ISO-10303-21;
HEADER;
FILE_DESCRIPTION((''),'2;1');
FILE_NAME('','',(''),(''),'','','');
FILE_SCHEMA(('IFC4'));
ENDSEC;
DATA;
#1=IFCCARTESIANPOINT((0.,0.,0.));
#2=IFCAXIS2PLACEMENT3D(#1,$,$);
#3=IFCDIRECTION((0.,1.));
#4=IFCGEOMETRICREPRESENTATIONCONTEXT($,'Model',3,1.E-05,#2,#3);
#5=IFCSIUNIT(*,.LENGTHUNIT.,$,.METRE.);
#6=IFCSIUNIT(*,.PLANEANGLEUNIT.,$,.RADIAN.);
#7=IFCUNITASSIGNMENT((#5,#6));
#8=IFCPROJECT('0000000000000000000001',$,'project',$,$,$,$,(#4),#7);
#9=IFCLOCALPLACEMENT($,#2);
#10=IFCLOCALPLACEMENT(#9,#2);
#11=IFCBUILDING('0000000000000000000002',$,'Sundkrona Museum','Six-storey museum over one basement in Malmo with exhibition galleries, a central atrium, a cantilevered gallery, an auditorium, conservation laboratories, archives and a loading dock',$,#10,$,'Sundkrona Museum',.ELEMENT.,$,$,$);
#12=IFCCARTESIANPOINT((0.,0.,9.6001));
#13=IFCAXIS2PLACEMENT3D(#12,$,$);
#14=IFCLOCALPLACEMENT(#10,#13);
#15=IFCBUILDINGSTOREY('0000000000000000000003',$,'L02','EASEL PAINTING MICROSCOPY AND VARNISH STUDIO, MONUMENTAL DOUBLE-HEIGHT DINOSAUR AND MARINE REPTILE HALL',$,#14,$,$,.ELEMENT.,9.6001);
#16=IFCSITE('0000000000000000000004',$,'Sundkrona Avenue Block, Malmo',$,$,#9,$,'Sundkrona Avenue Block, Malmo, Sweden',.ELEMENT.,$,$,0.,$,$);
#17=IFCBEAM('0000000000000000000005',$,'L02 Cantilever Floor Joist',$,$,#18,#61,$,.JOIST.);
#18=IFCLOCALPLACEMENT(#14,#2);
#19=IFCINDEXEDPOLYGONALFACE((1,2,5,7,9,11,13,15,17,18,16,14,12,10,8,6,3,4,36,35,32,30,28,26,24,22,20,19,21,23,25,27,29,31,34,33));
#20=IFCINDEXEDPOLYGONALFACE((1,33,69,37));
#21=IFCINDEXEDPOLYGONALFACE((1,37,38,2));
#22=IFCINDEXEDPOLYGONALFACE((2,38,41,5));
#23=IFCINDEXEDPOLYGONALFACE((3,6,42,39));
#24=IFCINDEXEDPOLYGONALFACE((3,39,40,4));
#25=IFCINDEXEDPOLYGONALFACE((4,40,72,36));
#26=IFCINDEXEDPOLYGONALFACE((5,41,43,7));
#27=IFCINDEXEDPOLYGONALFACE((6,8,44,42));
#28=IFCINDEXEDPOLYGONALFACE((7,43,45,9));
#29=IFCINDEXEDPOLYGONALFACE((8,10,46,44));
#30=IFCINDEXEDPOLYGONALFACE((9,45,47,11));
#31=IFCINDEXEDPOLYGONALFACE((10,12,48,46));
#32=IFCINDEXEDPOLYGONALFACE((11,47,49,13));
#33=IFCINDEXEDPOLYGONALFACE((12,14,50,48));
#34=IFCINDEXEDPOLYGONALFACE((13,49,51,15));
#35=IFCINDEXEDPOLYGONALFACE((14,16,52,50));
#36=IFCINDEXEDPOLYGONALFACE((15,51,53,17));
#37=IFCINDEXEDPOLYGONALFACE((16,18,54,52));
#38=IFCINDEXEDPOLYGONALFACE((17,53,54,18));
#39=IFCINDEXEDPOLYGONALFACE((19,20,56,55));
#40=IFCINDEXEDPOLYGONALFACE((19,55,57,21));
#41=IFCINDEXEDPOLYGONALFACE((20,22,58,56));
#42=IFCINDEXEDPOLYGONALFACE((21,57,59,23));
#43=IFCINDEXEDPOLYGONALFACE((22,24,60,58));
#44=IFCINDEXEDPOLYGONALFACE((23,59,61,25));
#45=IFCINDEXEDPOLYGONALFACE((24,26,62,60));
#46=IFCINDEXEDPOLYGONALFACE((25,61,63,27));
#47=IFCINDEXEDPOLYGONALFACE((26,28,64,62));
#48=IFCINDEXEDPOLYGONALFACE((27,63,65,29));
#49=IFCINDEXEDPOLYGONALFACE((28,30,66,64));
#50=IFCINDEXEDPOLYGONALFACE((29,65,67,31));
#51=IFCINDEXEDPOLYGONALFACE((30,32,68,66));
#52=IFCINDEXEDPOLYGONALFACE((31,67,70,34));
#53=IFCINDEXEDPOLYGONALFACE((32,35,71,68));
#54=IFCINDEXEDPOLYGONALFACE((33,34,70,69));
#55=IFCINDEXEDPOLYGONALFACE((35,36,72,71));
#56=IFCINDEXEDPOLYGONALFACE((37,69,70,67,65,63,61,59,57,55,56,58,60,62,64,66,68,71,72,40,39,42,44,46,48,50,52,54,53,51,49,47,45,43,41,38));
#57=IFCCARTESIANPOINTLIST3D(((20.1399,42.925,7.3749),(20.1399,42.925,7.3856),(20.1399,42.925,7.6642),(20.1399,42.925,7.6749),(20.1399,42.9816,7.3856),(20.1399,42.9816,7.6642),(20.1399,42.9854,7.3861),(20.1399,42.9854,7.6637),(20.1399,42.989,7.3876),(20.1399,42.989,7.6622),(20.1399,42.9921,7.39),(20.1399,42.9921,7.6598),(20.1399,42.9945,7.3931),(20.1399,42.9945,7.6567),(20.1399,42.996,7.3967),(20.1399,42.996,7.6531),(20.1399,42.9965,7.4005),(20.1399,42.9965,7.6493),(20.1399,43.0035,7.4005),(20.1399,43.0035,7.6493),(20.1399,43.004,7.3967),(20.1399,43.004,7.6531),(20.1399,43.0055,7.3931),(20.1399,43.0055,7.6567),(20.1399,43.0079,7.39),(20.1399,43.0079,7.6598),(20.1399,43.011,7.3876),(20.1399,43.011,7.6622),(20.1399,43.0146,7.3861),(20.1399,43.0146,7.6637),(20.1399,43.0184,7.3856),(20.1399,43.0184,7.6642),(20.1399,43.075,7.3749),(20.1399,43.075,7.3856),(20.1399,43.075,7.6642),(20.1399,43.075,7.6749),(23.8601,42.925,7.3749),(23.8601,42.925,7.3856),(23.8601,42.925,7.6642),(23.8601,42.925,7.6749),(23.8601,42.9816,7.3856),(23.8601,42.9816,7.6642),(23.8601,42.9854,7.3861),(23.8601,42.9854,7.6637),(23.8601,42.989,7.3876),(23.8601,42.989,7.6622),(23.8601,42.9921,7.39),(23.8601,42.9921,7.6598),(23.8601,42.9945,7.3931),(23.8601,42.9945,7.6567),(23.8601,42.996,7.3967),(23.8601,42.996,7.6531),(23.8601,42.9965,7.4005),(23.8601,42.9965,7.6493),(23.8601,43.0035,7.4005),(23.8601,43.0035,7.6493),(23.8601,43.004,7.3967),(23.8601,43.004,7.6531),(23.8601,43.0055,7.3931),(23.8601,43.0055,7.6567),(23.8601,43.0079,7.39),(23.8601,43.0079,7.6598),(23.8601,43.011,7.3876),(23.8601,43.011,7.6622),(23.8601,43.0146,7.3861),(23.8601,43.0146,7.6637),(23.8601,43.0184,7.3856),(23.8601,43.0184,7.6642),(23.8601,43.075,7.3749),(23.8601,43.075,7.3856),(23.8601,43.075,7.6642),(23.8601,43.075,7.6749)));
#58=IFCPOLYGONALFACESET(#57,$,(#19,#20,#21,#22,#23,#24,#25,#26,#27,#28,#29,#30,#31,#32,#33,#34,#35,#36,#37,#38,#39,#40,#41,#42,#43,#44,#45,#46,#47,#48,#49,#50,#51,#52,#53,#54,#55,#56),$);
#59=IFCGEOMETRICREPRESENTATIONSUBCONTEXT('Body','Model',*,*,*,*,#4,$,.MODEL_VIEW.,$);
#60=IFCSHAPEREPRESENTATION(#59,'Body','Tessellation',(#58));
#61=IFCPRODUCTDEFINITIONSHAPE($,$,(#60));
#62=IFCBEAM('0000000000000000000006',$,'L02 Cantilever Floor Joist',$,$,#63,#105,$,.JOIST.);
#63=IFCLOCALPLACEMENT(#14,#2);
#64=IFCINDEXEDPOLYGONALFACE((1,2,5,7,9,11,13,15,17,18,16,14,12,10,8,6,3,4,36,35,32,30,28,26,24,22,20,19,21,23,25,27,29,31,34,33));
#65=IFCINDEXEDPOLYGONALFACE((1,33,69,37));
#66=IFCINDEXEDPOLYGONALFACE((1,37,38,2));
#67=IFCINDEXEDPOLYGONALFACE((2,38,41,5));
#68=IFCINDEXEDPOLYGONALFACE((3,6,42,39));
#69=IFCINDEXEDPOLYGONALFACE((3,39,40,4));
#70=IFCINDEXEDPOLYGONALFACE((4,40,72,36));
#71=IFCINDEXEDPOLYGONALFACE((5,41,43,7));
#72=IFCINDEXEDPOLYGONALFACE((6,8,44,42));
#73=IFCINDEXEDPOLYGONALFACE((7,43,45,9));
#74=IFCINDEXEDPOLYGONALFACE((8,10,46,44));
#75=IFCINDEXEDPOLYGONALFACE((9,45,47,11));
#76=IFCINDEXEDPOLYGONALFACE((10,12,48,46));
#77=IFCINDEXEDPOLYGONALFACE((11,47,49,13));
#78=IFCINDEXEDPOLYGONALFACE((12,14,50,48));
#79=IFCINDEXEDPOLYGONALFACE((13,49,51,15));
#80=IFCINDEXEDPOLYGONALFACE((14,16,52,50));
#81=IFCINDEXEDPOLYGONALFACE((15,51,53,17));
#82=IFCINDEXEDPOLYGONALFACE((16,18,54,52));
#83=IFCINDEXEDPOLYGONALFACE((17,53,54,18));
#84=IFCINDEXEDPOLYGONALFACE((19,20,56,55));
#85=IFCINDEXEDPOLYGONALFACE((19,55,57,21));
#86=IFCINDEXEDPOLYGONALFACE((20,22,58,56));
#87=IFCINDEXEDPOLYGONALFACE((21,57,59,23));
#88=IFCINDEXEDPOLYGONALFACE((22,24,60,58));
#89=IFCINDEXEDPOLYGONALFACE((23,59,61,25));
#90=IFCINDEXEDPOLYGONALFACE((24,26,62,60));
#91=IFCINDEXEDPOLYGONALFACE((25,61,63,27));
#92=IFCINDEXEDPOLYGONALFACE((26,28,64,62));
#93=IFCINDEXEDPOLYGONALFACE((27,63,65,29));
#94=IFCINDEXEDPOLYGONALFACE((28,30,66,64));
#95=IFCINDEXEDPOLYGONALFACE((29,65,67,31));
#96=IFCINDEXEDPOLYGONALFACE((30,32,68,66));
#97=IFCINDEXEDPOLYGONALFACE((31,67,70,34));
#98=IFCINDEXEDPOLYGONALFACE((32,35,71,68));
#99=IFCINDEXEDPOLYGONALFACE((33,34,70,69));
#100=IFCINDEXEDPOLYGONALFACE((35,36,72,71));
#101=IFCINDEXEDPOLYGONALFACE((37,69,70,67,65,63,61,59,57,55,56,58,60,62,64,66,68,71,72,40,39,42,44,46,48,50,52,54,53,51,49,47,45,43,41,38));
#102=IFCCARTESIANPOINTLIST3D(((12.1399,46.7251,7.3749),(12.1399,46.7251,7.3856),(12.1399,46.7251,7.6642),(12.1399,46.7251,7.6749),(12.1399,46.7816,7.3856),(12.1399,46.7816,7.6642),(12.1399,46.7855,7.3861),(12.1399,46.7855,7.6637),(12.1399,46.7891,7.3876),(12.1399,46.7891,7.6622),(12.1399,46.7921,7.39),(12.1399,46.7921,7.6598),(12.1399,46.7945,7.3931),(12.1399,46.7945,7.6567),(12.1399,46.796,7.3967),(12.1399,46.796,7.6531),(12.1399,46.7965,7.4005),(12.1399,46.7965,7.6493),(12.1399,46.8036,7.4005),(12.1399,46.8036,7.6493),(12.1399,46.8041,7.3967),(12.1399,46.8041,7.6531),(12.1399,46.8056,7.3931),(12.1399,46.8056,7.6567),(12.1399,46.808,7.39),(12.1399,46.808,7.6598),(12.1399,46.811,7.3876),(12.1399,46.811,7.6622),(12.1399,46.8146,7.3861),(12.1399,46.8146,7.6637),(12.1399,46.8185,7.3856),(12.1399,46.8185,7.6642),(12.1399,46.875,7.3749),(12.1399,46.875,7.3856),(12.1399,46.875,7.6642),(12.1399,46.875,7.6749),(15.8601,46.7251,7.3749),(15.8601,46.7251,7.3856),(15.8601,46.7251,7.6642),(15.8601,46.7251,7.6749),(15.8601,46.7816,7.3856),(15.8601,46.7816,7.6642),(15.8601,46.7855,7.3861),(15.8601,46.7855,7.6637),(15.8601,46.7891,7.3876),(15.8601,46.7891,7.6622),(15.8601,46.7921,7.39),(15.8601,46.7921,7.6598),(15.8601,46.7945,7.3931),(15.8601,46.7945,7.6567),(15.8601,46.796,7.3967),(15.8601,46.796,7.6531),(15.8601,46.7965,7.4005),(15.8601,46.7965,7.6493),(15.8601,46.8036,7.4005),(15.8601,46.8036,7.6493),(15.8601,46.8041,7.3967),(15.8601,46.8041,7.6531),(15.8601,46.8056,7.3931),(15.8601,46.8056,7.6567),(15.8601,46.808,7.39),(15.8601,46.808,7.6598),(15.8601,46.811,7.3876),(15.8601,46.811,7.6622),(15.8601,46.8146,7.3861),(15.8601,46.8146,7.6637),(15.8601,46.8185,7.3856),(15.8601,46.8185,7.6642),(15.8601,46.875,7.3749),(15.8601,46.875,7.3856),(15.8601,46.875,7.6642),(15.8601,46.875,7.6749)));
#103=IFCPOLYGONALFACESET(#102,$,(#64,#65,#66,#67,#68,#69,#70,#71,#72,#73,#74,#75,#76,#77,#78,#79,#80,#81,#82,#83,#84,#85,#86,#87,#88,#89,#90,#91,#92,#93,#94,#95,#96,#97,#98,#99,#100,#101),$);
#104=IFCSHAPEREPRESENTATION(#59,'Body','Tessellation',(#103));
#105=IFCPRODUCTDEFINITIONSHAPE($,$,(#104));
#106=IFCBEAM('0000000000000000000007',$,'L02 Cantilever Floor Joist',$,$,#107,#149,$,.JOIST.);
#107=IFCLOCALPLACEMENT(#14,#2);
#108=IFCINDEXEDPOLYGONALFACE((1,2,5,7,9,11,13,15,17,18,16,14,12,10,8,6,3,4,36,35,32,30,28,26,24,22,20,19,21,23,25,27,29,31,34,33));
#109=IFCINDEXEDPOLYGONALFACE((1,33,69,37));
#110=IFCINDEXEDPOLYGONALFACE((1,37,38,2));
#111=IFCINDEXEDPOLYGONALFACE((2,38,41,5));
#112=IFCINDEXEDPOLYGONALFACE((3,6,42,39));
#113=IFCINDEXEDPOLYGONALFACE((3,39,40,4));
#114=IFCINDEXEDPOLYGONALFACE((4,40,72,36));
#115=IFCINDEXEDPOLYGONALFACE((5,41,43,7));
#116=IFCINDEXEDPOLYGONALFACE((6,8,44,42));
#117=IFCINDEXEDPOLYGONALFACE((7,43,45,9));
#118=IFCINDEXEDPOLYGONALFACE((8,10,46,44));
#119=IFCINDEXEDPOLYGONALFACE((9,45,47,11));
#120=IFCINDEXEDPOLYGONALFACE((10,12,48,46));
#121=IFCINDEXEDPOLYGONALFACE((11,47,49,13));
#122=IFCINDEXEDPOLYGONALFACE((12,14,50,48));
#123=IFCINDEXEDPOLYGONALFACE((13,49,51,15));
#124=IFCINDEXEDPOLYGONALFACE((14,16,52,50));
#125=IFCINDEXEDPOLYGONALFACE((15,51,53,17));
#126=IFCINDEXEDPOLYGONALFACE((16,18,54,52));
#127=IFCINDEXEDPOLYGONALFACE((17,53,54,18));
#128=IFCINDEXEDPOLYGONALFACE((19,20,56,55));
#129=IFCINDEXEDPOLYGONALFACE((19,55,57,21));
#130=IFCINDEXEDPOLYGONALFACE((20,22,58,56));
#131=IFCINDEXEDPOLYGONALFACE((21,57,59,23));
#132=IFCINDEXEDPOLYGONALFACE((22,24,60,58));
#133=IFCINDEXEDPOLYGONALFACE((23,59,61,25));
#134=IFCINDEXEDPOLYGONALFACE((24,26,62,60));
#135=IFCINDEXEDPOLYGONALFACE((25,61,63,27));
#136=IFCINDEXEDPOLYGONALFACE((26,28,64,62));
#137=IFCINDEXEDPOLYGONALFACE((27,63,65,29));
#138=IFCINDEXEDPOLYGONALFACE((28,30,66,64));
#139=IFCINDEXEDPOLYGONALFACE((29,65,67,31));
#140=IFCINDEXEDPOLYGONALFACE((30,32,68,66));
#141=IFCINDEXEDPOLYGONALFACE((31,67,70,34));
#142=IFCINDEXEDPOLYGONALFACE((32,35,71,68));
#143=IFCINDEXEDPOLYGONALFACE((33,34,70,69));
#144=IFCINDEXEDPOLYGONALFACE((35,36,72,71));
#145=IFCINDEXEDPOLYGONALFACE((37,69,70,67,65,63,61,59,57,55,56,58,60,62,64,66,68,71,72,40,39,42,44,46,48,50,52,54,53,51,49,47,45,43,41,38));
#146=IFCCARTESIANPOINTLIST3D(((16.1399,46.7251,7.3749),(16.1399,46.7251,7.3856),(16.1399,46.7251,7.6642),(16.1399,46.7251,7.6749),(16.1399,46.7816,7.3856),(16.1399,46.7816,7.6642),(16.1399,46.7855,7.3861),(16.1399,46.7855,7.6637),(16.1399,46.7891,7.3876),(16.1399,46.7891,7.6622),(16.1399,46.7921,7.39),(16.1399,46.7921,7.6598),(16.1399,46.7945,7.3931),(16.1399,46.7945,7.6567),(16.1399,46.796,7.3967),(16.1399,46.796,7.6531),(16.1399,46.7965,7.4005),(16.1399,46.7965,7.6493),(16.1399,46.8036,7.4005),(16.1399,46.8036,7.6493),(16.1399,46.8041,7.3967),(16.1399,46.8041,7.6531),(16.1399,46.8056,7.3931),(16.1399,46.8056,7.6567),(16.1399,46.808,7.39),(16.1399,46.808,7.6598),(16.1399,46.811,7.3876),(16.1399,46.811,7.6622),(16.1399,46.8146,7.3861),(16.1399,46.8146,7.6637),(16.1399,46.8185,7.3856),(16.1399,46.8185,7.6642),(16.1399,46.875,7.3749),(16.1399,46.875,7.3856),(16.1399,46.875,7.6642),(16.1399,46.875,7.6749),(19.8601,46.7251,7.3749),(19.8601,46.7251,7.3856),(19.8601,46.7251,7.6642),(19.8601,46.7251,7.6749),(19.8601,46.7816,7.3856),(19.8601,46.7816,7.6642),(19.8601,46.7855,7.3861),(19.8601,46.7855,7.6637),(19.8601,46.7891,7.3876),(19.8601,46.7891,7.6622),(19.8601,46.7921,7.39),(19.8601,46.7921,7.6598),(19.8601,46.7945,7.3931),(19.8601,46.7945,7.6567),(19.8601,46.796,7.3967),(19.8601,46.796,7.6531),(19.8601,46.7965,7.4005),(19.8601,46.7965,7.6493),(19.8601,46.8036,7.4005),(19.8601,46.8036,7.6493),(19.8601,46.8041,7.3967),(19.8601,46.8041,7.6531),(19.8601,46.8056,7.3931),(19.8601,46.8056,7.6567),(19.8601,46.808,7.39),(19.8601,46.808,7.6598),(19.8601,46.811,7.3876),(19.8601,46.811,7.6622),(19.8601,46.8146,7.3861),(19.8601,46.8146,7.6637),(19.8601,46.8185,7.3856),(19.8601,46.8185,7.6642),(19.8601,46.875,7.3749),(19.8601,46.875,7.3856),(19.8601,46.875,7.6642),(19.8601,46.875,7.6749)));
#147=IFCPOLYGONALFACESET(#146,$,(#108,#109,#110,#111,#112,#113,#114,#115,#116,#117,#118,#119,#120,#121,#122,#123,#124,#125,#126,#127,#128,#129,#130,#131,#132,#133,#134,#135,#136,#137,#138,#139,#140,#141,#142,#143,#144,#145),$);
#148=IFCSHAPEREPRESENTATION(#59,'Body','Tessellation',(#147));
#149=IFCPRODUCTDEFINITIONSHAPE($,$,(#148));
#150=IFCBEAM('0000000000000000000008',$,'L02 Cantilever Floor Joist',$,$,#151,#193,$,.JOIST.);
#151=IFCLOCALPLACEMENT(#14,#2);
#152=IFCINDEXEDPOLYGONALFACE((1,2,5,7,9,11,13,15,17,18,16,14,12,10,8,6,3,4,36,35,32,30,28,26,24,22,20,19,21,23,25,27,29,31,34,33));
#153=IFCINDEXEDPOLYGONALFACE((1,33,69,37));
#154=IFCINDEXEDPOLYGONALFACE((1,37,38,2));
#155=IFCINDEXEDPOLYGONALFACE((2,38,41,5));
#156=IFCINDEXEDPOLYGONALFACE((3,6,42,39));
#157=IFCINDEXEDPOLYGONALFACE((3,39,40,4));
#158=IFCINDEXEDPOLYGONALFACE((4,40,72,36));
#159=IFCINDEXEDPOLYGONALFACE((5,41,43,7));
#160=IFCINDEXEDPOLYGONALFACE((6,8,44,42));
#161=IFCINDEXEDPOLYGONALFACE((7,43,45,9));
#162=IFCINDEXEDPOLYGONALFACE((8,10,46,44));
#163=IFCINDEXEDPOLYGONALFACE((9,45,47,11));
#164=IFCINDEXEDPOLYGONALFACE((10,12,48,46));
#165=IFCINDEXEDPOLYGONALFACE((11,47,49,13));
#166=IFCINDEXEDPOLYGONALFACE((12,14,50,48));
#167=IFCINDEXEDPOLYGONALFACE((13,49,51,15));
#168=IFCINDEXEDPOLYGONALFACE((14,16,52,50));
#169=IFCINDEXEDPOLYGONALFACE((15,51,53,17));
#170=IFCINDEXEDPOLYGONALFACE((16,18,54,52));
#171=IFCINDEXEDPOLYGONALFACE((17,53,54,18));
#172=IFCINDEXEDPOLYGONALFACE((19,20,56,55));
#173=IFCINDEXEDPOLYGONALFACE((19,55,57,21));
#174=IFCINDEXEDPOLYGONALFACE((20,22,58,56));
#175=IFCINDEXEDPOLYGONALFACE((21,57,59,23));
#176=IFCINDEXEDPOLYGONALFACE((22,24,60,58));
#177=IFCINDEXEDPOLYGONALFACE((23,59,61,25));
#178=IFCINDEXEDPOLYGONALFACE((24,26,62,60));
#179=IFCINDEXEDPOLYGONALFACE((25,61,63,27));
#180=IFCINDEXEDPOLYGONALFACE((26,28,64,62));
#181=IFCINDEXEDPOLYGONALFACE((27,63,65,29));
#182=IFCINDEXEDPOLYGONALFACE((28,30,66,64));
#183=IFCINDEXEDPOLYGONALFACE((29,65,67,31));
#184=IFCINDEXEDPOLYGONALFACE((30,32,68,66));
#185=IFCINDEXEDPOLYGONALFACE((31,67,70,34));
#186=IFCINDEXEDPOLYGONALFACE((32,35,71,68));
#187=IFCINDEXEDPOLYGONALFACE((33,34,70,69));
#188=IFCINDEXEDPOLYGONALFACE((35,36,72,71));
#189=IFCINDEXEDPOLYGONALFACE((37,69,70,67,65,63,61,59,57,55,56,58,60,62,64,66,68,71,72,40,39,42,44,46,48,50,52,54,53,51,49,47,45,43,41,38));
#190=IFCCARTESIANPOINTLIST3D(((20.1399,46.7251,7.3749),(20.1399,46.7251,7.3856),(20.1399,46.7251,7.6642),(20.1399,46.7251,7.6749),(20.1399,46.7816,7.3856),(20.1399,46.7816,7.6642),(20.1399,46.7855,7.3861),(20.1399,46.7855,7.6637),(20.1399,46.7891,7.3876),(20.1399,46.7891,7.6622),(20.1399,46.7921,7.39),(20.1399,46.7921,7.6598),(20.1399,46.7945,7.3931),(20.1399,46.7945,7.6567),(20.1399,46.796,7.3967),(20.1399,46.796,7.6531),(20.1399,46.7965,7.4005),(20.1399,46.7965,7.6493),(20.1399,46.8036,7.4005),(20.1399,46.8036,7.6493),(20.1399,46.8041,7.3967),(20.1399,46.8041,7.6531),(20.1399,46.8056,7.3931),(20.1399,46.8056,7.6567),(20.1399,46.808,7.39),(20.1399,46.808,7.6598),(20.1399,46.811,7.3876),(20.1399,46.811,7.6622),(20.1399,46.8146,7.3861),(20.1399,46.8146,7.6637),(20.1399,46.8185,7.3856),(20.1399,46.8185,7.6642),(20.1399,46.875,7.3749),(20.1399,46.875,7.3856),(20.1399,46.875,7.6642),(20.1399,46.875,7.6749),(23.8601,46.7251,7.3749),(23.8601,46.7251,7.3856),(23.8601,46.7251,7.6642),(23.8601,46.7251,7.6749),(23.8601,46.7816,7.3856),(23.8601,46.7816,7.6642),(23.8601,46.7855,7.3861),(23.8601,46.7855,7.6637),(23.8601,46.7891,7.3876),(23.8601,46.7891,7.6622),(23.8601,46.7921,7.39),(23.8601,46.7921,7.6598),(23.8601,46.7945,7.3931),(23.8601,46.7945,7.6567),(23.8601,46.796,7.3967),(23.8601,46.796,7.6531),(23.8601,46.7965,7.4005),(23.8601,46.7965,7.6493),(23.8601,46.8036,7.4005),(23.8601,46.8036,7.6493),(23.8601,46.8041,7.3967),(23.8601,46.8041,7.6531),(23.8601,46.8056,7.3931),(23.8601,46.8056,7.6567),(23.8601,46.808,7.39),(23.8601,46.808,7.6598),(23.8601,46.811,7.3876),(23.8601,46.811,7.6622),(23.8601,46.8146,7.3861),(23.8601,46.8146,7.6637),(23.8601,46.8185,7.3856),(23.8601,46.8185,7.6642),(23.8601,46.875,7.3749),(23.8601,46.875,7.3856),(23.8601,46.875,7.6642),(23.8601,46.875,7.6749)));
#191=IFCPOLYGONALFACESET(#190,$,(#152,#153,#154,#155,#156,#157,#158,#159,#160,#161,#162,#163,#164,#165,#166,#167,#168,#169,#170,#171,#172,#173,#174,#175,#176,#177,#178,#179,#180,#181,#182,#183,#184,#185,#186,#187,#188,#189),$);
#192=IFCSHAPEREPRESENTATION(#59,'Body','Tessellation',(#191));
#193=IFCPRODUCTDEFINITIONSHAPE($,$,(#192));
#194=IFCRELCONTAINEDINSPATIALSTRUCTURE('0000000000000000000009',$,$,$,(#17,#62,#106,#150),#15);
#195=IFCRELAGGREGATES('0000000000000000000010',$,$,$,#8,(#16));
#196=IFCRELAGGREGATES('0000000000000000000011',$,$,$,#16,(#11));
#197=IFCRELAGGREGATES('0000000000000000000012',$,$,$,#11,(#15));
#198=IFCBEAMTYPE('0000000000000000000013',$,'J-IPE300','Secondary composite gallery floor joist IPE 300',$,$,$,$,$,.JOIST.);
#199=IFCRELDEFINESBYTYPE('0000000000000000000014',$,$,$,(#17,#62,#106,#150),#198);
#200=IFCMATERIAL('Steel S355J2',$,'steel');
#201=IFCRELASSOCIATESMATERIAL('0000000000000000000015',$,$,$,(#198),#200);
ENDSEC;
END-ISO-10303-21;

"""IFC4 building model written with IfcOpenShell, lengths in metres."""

from ifc_helpers import new_model, si_unit, direction, frame, origin, origin_2d, place, context, subcontext, project, spatial, i_section, extrude, material, material_profile, profile_set, type_object, element, save


model = new_model("IFC4")

# Units and contexts
model_context = context("Model", 3, precision=1e-05, world=origin(), true_north=direction((0.0, 1.0)))
body_context = subcontext(model_context, "Body", "Model", "MODEL_VIEW")
ifc_project = project(units=[si_unit("LENGTHUNIT", "METRE"), si_unit("PLANEANGLEUNIT", "RADIAN")], contexts=[model_context])

# Site, building, storey
site_placement = place(None, origin())
site = spatial("IfcSite", under=ifc_project, at=site_placement, Name="Sundkrona Avenue Block, Malmo", LongName="Sundkrona Avenue Block, Malmo, Sweden", CompositionType="ELEMENT", RefElevation=0.0)
building_placement = place(site_placement, origin())
building = spatial("IfcBuilding", under=site, at=building_placement, Name="Sundkrona Museum", Description="Six-storey museum over one basement in Malmo with exhibition galleries, a central atrium, a cantilevered gallery, an auditorium, conservation laboratories, archives and a loading dock", LongName="Sundkrona Museum", CompositionType="ELEMENT")
storey_placement = place(building_placement, frame((0.0, 0.0, 9.6001)))
storey = spatial("IfcBuildingStorey", under=building, at=storey_placement, Name="L02", Description="EASEL PAINTING MICROSCOPY AND VARNISH STUDIO, MONUMENTAL DOUBLE-HEIGHT DINOSAUR AND MARINE REPTILE HALL", CompositionType="ELEMENT", Elevation=9.6001)

# Shared definitions
ifc_material_1 = material(Name="Steel S355J2", Category="steel")

# Beams
ifc_material_profile_1 = material_profile(ifc_material_1, i_section(OverallWidth=0.1499, OverallDepth=0.3, WebThickness=0.0071, FlangeThickness=0.0107, FilletRadius=0.0149, at=origin_2d()), Name="IPE 300")
ifc_profile_set_1 = profile_set([ifc_material_profile_1], Name="Steel S355J2")
beam_type_1 = type_object("IfcBeamType", Name="J-IPE300", Description="Secondary composite gallery floor joist IPE 300", PredefinedType="JOIST", material=ifc_profile_set_1)
for number, where, z_axis, x_axis, name in (
    (1, (20.1399, 43.0, 7.5249), (1.0, 0.0, 0.0), (0.0, 1.0, 0.0), "L02 Cantilever Floor Joist"),
    (2, (12.1399, 46.8, 7.5249), (1.0, 0.0, 0.0), (0.0, 1.0, 0.0), "L02 Cantilever Floor Joist"),
    (3, (16.1399, 46.8, 7.5249), (1.0, 0.0, 0.0), (0.0, 1.0, 0.0), "L02 Cantilever Floor Joist"),
    (4, (20.1399, 46.8, 7.5249), (1.0, 0.0, 0.0), (0.0, 1.0, 0.0), "L02 Cantilever Floor Joist"),
):
    element("IfcBeam", number, at=place(storey_placement, frame(where, z_axis=z_axis, x_axis=x_axis)), inside=storey, type_object=beam_type_1, Name=name, PredefinedType="JOIST", context=body_context, shape_type="SweptSolid", body=[
        extrude(i_section(OverallWidth=0.1499, OverallDepth=0.3, WebThickness=0.0071, FlangeThickness=0.0107, FilletRadius=0.0149, at=origin_2d()), origin(), (0.0, 0.0, 1.0), 3.7202),
    ])

save(model, "model.ifc")
